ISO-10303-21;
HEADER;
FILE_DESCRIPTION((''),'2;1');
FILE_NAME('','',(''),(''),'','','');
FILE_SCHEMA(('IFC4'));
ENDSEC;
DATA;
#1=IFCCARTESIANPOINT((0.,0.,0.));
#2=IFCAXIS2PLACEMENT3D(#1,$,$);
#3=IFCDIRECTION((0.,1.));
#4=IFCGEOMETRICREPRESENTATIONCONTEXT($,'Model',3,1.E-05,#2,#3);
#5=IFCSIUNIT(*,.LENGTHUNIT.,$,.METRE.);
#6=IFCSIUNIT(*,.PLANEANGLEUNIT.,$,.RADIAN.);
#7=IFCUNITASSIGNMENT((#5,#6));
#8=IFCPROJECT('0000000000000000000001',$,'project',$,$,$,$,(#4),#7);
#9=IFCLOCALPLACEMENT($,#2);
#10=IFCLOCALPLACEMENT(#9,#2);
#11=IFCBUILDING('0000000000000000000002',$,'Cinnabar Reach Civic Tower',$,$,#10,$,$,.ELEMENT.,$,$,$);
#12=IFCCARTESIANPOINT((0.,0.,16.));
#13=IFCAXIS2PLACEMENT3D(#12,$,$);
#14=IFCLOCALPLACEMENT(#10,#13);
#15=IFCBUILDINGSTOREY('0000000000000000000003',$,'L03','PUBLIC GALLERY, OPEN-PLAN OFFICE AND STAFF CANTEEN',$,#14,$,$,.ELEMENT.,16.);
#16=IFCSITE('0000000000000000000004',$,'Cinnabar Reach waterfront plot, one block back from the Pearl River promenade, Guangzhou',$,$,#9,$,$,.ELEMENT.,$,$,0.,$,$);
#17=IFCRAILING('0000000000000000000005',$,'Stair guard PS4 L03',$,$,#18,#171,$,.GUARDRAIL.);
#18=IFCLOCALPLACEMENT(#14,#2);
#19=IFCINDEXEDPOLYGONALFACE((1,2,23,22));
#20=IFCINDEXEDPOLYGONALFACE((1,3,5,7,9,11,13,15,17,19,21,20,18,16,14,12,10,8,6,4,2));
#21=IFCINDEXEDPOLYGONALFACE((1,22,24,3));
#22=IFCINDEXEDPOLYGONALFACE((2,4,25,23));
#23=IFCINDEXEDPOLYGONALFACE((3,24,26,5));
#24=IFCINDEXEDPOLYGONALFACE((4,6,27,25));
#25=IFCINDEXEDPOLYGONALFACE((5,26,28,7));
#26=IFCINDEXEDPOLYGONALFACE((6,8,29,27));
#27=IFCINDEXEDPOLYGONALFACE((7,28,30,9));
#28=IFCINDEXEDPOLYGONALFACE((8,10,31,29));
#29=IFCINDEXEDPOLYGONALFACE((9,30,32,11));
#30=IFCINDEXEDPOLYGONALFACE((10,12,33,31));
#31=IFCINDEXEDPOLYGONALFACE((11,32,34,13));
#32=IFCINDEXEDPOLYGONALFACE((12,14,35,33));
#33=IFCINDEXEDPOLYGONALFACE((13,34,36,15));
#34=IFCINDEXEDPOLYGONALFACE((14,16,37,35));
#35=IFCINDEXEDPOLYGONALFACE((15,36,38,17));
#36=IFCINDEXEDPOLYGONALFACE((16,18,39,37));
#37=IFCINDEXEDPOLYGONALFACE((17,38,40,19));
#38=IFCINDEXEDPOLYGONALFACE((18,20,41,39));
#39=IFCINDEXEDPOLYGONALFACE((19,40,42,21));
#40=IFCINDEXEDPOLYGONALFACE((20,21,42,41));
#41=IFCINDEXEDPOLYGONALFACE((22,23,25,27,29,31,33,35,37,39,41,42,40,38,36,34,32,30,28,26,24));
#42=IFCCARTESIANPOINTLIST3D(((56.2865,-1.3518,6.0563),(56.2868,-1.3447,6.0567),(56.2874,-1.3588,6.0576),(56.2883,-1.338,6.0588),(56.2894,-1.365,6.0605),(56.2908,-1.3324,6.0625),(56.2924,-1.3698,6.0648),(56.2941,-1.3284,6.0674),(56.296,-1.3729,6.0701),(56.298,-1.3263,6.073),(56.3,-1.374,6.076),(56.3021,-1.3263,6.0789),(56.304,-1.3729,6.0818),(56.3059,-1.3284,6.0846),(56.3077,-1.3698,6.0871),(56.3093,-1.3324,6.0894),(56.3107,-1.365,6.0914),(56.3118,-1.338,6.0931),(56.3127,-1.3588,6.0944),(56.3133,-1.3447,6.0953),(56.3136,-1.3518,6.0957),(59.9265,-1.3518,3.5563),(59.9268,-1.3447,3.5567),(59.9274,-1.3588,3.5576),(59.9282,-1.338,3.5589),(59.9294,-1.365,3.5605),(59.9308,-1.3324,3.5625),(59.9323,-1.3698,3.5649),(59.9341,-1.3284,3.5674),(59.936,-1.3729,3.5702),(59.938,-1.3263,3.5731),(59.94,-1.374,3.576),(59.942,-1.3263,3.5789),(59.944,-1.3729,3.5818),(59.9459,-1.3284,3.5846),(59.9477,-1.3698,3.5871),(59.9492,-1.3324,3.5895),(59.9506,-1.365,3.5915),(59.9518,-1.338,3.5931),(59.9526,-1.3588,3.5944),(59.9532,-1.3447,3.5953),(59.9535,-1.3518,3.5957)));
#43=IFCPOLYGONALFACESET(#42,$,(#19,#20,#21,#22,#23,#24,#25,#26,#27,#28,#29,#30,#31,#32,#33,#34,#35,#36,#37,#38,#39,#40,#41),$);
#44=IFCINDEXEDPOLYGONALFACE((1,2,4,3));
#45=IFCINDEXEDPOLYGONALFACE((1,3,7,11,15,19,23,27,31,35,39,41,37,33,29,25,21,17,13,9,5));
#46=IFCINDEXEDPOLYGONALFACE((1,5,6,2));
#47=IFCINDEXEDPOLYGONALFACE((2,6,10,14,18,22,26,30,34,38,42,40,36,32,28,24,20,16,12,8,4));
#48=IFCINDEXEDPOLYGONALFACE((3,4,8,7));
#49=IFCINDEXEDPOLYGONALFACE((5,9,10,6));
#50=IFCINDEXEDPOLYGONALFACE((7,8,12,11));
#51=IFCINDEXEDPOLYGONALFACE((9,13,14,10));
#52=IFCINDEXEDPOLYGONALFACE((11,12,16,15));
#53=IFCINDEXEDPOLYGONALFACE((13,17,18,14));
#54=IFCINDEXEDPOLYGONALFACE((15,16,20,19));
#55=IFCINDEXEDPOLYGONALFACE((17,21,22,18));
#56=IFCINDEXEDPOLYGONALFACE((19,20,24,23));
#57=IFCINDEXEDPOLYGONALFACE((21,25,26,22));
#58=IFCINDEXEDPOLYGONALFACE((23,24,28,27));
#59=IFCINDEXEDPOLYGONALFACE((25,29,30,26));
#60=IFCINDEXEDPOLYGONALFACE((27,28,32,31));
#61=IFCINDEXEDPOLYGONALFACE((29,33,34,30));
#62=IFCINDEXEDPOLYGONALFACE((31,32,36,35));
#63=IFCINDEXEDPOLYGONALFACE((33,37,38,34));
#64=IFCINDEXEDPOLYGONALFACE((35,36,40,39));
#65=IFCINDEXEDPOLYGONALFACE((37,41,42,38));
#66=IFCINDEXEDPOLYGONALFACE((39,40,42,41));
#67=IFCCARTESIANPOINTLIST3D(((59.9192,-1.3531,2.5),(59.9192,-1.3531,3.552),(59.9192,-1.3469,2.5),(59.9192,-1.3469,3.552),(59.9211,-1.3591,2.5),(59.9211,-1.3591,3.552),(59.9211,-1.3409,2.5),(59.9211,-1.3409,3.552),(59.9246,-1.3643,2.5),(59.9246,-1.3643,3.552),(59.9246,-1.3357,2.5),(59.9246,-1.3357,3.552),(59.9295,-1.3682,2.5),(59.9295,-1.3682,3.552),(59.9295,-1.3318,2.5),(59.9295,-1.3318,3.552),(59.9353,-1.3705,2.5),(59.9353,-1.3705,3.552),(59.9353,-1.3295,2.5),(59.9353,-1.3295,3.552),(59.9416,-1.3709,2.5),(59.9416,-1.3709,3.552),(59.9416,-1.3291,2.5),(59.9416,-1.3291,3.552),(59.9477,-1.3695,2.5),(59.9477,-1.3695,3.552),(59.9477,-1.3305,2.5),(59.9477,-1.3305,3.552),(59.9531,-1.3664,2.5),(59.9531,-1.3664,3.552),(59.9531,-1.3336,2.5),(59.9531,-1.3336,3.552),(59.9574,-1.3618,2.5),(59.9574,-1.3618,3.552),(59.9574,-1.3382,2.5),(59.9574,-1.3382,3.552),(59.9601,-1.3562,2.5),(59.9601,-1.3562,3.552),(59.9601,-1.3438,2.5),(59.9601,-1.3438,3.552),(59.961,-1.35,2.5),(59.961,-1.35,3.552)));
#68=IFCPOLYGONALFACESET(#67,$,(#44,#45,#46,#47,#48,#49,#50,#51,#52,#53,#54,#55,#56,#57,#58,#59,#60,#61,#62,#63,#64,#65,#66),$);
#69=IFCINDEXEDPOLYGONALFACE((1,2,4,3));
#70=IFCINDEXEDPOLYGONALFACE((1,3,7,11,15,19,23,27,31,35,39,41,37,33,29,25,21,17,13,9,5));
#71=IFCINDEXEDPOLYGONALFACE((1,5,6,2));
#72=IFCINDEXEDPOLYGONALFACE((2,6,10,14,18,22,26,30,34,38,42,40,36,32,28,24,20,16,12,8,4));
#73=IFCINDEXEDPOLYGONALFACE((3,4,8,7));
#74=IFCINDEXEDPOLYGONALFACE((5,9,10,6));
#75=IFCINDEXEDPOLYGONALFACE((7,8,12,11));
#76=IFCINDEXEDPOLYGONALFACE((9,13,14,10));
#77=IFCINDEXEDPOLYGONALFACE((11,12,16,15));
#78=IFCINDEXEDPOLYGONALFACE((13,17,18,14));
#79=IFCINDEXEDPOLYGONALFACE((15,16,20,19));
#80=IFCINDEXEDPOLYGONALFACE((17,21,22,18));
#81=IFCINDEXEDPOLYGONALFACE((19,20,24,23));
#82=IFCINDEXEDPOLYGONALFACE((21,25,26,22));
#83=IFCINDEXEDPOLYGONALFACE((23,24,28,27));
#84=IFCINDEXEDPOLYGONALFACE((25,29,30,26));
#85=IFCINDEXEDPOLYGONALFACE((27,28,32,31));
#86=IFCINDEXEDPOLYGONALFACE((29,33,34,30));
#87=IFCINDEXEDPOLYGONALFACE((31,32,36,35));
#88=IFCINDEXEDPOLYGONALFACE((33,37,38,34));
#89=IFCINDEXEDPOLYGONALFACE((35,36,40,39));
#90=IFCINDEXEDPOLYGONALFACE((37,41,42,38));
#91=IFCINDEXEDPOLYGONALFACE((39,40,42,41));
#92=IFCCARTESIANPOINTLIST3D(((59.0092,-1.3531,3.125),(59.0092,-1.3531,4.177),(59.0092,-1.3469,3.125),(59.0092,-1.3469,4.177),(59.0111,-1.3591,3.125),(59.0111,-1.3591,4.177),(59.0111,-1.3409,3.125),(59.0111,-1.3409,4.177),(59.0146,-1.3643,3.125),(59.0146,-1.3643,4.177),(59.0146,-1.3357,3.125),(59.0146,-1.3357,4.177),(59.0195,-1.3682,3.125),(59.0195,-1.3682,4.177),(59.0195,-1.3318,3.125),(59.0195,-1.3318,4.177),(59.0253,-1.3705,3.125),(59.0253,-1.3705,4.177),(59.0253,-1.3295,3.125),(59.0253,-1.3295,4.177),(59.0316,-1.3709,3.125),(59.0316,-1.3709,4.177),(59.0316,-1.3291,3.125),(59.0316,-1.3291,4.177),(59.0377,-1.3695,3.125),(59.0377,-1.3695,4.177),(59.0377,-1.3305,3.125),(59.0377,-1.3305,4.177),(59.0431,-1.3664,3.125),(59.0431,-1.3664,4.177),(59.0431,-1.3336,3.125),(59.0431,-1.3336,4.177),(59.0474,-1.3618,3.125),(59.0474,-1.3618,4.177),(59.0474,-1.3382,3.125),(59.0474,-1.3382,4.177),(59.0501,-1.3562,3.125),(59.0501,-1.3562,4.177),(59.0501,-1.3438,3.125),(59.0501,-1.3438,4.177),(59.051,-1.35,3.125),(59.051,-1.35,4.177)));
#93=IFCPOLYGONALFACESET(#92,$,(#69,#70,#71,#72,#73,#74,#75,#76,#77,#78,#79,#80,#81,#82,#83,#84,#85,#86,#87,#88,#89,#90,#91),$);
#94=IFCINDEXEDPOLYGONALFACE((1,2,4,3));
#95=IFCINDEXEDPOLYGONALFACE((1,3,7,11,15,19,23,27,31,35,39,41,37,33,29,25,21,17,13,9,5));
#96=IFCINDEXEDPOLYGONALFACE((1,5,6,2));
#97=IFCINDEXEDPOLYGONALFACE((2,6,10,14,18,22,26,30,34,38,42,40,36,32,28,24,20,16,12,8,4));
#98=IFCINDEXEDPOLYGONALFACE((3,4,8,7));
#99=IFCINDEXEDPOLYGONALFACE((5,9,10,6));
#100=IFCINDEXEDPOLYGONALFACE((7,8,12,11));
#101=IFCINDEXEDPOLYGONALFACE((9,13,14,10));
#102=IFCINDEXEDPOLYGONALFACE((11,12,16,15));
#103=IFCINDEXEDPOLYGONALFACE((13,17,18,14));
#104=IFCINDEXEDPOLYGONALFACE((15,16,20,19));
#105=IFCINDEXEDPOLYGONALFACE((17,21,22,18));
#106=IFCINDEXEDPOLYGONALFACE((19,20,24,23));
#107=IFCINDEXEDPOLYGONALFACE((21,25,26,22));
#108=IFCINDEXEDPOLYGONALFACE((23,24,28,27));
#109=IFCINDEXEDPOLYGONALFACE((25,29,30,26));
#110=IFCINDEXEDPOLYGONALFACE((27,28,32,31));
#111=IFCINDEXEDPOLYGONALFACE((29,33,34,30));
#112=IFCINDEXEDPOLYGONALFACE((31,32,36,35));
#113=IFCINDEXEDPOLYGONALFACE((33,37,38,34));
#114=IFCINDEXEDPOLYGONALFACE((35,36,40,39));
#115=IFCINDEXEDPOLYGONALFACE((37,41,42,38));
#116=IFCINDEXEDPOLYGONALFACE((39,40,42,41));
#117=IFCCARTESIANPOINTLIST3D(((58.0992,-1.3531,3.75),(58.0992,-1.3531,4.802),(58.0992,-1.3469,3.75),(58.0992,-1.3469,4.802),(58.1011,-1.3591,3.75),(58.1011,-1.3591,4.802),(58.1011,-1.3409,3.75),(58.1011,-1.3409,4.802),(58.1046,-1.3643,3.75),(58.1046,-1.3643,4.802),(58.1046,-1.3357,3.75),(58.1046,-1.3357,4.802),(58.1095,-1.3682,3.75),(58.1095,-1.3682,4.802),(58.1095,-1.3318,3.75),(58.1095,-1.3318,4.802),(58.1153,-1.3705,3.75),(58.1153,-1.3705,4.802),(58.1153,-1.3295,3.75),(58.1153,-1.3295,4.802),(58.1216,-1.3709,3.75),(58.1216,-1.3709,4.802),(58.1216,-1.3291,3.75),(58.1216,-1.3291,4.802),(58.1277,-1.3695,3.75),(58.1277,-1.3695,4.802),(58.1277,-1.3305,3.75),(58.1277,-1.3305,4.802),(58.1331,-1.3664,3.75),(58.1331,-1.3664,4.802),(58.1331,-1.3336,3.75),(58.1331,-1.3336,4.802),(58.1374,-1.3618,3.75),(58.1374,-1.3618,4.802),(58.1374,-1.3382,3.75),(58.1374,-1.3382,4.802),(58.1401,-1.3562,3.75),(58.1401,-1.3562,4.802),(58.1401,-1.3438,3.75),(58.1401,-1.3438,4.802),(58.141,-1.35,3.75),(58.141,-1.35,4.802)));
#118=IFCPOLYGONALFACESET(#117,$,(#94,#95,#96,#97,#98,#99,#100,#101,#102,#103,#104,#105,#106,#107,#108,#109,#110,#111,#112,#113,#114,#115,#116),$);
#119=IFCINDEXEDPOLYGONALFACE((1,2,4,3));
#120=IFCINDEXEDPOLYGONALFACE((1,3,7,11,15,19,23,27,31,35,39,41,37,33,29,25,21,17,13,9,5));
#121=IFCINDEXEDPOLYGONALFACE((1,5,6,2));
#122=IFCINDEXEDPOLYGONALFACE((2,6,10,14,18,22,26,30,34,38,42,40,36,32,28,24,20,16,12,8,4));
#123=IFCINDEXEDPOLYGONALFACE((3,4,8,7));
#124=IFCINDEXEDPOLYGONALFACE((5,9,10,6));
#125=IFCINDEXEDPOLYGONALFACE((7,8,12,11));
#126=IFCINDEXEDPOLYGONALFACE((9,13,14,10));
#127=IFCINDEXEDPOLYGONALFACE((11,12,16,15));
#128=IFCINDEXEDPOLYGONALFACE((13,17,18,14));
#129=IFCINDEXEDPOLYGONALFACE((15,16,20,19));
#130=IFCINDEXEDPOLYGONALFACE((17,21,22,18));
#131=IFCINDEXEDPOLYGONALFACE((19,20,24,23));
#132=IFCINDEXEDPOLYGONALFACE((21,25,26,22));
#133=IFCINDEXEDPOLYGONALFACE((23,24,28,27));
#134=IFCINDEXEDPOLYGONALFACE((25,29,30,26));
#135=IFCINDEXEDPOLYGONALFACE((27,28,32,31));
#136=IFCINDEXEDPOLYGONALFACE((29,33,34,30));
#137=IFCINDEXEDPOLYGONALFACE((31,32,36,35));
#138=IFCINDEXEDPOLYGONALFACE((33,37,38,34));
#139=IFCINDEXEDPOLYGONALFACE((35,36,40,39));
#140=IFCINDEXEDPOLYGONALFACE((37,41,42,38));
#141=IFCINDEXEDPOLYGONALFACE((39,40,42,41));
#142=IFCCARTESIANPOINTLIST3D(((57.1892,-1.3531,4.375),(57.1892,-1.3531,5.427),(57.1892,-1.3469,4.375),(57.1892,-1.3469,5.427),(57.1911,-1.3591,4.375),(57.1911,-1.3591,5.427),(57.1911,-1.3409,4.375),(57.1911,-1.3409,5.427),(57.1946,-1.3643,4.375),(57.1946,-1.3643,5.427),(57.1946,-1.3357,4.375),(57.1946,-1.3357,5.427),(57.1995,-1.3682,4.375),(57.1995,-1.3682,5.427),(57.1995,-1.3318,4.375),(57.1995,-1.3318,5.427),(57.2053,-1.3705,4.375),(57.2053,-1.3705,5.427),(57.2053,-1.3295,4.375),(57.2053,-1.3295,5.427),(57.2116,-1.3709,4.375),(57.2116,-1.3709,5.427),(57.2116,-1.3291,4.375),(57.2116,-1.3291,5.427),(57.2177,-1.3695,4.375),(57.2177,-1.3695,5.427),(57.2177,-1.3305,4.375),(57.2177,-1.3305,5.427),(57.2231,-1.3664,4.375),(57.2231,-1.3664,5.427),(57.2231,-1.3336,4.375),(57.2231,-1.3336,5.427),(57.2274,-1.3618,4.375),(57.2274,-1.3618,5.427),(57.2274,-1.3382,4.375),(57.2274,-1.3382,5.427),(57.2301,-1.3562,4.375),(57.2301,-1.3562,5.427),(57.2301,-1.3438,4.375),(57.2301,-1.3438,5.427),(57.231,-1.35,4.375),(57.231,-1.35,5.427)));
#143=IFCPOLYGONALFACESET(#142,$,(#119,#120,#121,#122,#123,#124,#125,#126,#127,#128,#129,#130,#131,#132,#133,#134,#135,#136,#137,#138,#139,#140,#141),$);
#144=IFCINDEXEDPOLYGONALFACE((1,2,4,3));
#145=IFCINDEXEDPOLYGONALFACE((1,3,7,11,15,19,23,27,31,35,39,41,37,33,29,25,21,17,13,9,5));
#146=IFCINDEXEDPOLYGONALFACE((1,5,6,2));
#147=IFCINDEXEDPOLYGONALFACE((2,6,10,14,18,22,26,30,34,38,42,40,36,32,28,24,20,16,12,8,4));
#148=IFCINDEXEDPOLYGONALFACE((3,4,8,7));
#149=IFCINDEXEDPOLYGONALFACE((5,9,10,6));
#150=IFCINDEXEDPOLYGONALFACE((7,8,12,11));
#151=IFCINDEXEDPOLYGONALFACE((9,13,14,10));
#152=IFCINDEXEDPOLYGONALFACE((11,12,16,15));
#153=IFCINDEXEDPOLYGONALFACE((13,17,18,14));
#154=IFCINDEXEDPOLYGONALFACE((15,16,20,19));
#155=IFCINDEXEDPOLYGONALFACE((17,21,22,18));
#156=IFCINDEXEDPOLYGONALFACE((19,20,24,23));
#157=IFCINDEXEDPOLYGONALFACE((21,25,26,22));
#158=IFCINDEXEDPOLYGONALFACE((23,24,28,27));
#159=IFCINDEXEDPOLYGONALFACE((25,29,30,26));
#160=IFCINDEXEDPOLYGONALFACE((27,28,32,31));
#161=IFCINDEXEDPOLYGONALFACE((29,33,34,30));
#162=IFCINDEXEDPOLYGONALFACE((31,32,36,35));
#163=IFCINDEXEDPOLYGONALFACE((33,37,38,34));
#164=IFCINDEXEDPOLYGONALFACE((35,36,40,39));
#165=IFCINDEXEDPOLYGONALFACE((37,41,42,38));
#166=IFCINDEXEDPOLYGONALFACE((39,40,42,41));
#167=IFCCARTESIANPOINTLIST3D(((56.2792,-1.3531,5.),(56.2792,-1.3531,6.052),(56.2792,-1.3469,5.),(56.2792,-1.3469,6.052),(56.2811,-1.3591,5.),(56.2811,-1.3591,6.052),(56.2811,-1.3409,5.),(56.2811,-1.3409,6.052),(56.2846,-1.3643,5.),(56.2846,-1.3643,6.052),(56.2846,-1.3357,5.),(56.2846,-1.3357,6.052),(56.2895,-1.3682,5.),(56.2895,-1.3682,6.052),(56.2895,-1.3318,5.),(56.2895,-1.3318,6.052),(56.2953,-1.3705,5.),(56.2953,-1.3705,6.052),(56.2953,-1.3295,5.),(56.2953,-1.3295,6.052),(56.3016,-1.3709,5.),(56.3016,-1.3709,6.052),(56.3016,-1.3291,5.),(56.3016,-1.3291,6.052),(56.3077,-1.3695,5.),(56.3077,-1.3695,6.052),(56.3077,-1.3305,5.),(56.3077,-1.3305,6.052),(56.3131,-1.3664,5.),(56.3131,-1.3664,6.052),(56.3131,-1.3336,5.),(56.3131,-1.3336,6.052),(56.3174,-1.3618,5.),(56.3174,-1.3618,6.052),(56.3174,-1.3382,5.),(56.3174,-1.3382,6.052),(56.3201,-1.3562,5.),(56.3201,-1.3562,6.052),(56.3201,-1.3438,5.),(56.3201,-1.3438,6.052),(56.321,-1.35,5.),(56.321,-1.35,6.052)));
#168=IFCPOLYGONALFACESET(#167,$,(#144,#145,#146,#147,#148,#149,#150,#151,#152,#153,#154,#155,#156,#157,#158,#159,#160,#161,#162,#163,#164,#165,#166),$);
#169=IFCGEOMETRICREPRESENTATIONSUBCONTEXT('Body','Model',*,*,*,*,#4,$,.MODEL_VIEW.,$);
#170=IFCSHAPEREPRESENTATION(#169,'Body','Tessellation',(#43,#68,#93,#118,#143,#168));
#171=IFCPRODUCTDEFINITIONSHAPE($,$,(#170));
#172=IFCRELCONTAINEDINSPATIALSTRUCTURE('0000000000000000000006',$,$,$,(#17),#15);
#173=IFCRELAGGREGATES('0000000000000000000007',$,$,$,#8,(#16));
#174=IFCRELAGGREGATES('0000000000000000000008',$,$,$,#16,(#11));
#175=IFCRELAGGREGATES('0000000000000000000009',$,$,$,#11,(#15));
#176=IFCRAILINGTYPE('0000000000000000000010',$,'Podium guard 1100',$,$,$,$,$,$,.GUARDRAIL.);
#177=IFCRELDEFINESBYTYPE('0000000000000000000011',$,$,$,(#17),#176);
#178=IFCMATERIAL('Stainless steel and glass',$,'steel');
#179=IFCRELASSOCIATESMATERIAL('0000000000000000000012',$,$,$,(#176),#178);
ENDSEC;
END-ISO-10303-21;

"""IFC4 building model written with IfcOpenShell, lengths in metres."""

from ifc_helpers import new_model, si_unit, direction, frame, origin, origin_2d, place, context, subcontext, project, spatial, circle, extrude, material, type_object, element, save


model = new_model("IFC4")

# Units and contexts
model_context = context("Model", 3, precision=1e-05, world=origin(), true_north=direction((0.0, 1.0)))
body_context = subcontext(model_context, "Body", "Model", "MODEL_VIEW")
ifc_project = project(units=[si_unit("LENGTHUNIT", "METRE"), si_unit("PLANEANGLEUNIT", "RADIAN")], contexts=[model_context])

# Site, building, storey
site_placement = place(None, origin())
site = spatial("IfcSite", under=ifc_project, at=site_placement, Name="Cinnabar Reach waterfront plot, one block back from the Pearl River promenade, Guangzhou", CompositionType="ELEMENT", RefElevation=0.0)
building_placement = place(site_placement, origin())
building = spatial("IfcBuilding", under=site, at=building_placement, Name="Cinnabar Reach Civic Tower", CompositionType="ELEMENT")
storey_placement = place(building_placement, frame((0.0, 0.0, 16.0)))
storey = spatial("IfcBuildingStorey", under=building, at=storey_placement, Name="L03", Description="PUBLIC GALLERY, OPEN-PLAN OFFICE AND STAFF CANTEEN", CompositionType="ELEMENT", Elevation=16.0)

# Railing
ifc_material_1 = material(Name="Stainless steel and glass", Category="steel")
railing_type = type_object("IfcRailingType", Name="Podium guard 1100", PredefinedType="GUARDRAIL", material=ifc_material_1)
railing_1_placement = place(storey_placement, frame((59.94, -1.35, 2.5)))
element("IfcRailing", 1, at=railing_1_placement, inside=storey, type_object=railing_type, Name="Stair guard PS4 L03", PredefinedType="GUARDRAIL", context=body_context, shape_type="SweptSolid", body=[
    extrude(circle(Radius=0.024, at=origin_2d()), frame((0.0, 0.0, 1.076), z_axis=(-0.824306, 0.0, 0.566144), x_axis=(0.0, -1.0, 0.0)), (0.0, 0.0, 1.0), 4.4158),
    extrude(circle(Radius=0.021, at=origin_2d()), origin(), (0.0, 0.0, 1.0), 1.052),
    extrude(circle(Radius=0.021, at=origin_2d()), frame((-0.91, 0.0, 0.625)), (0.0, 0.0, 1.0), 1.052),
    extrude(circle(Radius=0.021, at=origin_2d()), frame((-1.82, 0.0, 1.25)), (0.0, 0.0, 1.0), 1.052),
    extrude(circle(Radius=0.021, at=origin_2d()), frame((-2.73, 0.0, 1.875)), (0.0, 0.0, 1.0), 1.052),
    extrude(circle(Radius=0.021, at=origin_2d()), frame((-3.64, 0.0, 2.5)), (0.0, 0.0, 1.0), 1.052),
])

save(model, "model.ifc")
